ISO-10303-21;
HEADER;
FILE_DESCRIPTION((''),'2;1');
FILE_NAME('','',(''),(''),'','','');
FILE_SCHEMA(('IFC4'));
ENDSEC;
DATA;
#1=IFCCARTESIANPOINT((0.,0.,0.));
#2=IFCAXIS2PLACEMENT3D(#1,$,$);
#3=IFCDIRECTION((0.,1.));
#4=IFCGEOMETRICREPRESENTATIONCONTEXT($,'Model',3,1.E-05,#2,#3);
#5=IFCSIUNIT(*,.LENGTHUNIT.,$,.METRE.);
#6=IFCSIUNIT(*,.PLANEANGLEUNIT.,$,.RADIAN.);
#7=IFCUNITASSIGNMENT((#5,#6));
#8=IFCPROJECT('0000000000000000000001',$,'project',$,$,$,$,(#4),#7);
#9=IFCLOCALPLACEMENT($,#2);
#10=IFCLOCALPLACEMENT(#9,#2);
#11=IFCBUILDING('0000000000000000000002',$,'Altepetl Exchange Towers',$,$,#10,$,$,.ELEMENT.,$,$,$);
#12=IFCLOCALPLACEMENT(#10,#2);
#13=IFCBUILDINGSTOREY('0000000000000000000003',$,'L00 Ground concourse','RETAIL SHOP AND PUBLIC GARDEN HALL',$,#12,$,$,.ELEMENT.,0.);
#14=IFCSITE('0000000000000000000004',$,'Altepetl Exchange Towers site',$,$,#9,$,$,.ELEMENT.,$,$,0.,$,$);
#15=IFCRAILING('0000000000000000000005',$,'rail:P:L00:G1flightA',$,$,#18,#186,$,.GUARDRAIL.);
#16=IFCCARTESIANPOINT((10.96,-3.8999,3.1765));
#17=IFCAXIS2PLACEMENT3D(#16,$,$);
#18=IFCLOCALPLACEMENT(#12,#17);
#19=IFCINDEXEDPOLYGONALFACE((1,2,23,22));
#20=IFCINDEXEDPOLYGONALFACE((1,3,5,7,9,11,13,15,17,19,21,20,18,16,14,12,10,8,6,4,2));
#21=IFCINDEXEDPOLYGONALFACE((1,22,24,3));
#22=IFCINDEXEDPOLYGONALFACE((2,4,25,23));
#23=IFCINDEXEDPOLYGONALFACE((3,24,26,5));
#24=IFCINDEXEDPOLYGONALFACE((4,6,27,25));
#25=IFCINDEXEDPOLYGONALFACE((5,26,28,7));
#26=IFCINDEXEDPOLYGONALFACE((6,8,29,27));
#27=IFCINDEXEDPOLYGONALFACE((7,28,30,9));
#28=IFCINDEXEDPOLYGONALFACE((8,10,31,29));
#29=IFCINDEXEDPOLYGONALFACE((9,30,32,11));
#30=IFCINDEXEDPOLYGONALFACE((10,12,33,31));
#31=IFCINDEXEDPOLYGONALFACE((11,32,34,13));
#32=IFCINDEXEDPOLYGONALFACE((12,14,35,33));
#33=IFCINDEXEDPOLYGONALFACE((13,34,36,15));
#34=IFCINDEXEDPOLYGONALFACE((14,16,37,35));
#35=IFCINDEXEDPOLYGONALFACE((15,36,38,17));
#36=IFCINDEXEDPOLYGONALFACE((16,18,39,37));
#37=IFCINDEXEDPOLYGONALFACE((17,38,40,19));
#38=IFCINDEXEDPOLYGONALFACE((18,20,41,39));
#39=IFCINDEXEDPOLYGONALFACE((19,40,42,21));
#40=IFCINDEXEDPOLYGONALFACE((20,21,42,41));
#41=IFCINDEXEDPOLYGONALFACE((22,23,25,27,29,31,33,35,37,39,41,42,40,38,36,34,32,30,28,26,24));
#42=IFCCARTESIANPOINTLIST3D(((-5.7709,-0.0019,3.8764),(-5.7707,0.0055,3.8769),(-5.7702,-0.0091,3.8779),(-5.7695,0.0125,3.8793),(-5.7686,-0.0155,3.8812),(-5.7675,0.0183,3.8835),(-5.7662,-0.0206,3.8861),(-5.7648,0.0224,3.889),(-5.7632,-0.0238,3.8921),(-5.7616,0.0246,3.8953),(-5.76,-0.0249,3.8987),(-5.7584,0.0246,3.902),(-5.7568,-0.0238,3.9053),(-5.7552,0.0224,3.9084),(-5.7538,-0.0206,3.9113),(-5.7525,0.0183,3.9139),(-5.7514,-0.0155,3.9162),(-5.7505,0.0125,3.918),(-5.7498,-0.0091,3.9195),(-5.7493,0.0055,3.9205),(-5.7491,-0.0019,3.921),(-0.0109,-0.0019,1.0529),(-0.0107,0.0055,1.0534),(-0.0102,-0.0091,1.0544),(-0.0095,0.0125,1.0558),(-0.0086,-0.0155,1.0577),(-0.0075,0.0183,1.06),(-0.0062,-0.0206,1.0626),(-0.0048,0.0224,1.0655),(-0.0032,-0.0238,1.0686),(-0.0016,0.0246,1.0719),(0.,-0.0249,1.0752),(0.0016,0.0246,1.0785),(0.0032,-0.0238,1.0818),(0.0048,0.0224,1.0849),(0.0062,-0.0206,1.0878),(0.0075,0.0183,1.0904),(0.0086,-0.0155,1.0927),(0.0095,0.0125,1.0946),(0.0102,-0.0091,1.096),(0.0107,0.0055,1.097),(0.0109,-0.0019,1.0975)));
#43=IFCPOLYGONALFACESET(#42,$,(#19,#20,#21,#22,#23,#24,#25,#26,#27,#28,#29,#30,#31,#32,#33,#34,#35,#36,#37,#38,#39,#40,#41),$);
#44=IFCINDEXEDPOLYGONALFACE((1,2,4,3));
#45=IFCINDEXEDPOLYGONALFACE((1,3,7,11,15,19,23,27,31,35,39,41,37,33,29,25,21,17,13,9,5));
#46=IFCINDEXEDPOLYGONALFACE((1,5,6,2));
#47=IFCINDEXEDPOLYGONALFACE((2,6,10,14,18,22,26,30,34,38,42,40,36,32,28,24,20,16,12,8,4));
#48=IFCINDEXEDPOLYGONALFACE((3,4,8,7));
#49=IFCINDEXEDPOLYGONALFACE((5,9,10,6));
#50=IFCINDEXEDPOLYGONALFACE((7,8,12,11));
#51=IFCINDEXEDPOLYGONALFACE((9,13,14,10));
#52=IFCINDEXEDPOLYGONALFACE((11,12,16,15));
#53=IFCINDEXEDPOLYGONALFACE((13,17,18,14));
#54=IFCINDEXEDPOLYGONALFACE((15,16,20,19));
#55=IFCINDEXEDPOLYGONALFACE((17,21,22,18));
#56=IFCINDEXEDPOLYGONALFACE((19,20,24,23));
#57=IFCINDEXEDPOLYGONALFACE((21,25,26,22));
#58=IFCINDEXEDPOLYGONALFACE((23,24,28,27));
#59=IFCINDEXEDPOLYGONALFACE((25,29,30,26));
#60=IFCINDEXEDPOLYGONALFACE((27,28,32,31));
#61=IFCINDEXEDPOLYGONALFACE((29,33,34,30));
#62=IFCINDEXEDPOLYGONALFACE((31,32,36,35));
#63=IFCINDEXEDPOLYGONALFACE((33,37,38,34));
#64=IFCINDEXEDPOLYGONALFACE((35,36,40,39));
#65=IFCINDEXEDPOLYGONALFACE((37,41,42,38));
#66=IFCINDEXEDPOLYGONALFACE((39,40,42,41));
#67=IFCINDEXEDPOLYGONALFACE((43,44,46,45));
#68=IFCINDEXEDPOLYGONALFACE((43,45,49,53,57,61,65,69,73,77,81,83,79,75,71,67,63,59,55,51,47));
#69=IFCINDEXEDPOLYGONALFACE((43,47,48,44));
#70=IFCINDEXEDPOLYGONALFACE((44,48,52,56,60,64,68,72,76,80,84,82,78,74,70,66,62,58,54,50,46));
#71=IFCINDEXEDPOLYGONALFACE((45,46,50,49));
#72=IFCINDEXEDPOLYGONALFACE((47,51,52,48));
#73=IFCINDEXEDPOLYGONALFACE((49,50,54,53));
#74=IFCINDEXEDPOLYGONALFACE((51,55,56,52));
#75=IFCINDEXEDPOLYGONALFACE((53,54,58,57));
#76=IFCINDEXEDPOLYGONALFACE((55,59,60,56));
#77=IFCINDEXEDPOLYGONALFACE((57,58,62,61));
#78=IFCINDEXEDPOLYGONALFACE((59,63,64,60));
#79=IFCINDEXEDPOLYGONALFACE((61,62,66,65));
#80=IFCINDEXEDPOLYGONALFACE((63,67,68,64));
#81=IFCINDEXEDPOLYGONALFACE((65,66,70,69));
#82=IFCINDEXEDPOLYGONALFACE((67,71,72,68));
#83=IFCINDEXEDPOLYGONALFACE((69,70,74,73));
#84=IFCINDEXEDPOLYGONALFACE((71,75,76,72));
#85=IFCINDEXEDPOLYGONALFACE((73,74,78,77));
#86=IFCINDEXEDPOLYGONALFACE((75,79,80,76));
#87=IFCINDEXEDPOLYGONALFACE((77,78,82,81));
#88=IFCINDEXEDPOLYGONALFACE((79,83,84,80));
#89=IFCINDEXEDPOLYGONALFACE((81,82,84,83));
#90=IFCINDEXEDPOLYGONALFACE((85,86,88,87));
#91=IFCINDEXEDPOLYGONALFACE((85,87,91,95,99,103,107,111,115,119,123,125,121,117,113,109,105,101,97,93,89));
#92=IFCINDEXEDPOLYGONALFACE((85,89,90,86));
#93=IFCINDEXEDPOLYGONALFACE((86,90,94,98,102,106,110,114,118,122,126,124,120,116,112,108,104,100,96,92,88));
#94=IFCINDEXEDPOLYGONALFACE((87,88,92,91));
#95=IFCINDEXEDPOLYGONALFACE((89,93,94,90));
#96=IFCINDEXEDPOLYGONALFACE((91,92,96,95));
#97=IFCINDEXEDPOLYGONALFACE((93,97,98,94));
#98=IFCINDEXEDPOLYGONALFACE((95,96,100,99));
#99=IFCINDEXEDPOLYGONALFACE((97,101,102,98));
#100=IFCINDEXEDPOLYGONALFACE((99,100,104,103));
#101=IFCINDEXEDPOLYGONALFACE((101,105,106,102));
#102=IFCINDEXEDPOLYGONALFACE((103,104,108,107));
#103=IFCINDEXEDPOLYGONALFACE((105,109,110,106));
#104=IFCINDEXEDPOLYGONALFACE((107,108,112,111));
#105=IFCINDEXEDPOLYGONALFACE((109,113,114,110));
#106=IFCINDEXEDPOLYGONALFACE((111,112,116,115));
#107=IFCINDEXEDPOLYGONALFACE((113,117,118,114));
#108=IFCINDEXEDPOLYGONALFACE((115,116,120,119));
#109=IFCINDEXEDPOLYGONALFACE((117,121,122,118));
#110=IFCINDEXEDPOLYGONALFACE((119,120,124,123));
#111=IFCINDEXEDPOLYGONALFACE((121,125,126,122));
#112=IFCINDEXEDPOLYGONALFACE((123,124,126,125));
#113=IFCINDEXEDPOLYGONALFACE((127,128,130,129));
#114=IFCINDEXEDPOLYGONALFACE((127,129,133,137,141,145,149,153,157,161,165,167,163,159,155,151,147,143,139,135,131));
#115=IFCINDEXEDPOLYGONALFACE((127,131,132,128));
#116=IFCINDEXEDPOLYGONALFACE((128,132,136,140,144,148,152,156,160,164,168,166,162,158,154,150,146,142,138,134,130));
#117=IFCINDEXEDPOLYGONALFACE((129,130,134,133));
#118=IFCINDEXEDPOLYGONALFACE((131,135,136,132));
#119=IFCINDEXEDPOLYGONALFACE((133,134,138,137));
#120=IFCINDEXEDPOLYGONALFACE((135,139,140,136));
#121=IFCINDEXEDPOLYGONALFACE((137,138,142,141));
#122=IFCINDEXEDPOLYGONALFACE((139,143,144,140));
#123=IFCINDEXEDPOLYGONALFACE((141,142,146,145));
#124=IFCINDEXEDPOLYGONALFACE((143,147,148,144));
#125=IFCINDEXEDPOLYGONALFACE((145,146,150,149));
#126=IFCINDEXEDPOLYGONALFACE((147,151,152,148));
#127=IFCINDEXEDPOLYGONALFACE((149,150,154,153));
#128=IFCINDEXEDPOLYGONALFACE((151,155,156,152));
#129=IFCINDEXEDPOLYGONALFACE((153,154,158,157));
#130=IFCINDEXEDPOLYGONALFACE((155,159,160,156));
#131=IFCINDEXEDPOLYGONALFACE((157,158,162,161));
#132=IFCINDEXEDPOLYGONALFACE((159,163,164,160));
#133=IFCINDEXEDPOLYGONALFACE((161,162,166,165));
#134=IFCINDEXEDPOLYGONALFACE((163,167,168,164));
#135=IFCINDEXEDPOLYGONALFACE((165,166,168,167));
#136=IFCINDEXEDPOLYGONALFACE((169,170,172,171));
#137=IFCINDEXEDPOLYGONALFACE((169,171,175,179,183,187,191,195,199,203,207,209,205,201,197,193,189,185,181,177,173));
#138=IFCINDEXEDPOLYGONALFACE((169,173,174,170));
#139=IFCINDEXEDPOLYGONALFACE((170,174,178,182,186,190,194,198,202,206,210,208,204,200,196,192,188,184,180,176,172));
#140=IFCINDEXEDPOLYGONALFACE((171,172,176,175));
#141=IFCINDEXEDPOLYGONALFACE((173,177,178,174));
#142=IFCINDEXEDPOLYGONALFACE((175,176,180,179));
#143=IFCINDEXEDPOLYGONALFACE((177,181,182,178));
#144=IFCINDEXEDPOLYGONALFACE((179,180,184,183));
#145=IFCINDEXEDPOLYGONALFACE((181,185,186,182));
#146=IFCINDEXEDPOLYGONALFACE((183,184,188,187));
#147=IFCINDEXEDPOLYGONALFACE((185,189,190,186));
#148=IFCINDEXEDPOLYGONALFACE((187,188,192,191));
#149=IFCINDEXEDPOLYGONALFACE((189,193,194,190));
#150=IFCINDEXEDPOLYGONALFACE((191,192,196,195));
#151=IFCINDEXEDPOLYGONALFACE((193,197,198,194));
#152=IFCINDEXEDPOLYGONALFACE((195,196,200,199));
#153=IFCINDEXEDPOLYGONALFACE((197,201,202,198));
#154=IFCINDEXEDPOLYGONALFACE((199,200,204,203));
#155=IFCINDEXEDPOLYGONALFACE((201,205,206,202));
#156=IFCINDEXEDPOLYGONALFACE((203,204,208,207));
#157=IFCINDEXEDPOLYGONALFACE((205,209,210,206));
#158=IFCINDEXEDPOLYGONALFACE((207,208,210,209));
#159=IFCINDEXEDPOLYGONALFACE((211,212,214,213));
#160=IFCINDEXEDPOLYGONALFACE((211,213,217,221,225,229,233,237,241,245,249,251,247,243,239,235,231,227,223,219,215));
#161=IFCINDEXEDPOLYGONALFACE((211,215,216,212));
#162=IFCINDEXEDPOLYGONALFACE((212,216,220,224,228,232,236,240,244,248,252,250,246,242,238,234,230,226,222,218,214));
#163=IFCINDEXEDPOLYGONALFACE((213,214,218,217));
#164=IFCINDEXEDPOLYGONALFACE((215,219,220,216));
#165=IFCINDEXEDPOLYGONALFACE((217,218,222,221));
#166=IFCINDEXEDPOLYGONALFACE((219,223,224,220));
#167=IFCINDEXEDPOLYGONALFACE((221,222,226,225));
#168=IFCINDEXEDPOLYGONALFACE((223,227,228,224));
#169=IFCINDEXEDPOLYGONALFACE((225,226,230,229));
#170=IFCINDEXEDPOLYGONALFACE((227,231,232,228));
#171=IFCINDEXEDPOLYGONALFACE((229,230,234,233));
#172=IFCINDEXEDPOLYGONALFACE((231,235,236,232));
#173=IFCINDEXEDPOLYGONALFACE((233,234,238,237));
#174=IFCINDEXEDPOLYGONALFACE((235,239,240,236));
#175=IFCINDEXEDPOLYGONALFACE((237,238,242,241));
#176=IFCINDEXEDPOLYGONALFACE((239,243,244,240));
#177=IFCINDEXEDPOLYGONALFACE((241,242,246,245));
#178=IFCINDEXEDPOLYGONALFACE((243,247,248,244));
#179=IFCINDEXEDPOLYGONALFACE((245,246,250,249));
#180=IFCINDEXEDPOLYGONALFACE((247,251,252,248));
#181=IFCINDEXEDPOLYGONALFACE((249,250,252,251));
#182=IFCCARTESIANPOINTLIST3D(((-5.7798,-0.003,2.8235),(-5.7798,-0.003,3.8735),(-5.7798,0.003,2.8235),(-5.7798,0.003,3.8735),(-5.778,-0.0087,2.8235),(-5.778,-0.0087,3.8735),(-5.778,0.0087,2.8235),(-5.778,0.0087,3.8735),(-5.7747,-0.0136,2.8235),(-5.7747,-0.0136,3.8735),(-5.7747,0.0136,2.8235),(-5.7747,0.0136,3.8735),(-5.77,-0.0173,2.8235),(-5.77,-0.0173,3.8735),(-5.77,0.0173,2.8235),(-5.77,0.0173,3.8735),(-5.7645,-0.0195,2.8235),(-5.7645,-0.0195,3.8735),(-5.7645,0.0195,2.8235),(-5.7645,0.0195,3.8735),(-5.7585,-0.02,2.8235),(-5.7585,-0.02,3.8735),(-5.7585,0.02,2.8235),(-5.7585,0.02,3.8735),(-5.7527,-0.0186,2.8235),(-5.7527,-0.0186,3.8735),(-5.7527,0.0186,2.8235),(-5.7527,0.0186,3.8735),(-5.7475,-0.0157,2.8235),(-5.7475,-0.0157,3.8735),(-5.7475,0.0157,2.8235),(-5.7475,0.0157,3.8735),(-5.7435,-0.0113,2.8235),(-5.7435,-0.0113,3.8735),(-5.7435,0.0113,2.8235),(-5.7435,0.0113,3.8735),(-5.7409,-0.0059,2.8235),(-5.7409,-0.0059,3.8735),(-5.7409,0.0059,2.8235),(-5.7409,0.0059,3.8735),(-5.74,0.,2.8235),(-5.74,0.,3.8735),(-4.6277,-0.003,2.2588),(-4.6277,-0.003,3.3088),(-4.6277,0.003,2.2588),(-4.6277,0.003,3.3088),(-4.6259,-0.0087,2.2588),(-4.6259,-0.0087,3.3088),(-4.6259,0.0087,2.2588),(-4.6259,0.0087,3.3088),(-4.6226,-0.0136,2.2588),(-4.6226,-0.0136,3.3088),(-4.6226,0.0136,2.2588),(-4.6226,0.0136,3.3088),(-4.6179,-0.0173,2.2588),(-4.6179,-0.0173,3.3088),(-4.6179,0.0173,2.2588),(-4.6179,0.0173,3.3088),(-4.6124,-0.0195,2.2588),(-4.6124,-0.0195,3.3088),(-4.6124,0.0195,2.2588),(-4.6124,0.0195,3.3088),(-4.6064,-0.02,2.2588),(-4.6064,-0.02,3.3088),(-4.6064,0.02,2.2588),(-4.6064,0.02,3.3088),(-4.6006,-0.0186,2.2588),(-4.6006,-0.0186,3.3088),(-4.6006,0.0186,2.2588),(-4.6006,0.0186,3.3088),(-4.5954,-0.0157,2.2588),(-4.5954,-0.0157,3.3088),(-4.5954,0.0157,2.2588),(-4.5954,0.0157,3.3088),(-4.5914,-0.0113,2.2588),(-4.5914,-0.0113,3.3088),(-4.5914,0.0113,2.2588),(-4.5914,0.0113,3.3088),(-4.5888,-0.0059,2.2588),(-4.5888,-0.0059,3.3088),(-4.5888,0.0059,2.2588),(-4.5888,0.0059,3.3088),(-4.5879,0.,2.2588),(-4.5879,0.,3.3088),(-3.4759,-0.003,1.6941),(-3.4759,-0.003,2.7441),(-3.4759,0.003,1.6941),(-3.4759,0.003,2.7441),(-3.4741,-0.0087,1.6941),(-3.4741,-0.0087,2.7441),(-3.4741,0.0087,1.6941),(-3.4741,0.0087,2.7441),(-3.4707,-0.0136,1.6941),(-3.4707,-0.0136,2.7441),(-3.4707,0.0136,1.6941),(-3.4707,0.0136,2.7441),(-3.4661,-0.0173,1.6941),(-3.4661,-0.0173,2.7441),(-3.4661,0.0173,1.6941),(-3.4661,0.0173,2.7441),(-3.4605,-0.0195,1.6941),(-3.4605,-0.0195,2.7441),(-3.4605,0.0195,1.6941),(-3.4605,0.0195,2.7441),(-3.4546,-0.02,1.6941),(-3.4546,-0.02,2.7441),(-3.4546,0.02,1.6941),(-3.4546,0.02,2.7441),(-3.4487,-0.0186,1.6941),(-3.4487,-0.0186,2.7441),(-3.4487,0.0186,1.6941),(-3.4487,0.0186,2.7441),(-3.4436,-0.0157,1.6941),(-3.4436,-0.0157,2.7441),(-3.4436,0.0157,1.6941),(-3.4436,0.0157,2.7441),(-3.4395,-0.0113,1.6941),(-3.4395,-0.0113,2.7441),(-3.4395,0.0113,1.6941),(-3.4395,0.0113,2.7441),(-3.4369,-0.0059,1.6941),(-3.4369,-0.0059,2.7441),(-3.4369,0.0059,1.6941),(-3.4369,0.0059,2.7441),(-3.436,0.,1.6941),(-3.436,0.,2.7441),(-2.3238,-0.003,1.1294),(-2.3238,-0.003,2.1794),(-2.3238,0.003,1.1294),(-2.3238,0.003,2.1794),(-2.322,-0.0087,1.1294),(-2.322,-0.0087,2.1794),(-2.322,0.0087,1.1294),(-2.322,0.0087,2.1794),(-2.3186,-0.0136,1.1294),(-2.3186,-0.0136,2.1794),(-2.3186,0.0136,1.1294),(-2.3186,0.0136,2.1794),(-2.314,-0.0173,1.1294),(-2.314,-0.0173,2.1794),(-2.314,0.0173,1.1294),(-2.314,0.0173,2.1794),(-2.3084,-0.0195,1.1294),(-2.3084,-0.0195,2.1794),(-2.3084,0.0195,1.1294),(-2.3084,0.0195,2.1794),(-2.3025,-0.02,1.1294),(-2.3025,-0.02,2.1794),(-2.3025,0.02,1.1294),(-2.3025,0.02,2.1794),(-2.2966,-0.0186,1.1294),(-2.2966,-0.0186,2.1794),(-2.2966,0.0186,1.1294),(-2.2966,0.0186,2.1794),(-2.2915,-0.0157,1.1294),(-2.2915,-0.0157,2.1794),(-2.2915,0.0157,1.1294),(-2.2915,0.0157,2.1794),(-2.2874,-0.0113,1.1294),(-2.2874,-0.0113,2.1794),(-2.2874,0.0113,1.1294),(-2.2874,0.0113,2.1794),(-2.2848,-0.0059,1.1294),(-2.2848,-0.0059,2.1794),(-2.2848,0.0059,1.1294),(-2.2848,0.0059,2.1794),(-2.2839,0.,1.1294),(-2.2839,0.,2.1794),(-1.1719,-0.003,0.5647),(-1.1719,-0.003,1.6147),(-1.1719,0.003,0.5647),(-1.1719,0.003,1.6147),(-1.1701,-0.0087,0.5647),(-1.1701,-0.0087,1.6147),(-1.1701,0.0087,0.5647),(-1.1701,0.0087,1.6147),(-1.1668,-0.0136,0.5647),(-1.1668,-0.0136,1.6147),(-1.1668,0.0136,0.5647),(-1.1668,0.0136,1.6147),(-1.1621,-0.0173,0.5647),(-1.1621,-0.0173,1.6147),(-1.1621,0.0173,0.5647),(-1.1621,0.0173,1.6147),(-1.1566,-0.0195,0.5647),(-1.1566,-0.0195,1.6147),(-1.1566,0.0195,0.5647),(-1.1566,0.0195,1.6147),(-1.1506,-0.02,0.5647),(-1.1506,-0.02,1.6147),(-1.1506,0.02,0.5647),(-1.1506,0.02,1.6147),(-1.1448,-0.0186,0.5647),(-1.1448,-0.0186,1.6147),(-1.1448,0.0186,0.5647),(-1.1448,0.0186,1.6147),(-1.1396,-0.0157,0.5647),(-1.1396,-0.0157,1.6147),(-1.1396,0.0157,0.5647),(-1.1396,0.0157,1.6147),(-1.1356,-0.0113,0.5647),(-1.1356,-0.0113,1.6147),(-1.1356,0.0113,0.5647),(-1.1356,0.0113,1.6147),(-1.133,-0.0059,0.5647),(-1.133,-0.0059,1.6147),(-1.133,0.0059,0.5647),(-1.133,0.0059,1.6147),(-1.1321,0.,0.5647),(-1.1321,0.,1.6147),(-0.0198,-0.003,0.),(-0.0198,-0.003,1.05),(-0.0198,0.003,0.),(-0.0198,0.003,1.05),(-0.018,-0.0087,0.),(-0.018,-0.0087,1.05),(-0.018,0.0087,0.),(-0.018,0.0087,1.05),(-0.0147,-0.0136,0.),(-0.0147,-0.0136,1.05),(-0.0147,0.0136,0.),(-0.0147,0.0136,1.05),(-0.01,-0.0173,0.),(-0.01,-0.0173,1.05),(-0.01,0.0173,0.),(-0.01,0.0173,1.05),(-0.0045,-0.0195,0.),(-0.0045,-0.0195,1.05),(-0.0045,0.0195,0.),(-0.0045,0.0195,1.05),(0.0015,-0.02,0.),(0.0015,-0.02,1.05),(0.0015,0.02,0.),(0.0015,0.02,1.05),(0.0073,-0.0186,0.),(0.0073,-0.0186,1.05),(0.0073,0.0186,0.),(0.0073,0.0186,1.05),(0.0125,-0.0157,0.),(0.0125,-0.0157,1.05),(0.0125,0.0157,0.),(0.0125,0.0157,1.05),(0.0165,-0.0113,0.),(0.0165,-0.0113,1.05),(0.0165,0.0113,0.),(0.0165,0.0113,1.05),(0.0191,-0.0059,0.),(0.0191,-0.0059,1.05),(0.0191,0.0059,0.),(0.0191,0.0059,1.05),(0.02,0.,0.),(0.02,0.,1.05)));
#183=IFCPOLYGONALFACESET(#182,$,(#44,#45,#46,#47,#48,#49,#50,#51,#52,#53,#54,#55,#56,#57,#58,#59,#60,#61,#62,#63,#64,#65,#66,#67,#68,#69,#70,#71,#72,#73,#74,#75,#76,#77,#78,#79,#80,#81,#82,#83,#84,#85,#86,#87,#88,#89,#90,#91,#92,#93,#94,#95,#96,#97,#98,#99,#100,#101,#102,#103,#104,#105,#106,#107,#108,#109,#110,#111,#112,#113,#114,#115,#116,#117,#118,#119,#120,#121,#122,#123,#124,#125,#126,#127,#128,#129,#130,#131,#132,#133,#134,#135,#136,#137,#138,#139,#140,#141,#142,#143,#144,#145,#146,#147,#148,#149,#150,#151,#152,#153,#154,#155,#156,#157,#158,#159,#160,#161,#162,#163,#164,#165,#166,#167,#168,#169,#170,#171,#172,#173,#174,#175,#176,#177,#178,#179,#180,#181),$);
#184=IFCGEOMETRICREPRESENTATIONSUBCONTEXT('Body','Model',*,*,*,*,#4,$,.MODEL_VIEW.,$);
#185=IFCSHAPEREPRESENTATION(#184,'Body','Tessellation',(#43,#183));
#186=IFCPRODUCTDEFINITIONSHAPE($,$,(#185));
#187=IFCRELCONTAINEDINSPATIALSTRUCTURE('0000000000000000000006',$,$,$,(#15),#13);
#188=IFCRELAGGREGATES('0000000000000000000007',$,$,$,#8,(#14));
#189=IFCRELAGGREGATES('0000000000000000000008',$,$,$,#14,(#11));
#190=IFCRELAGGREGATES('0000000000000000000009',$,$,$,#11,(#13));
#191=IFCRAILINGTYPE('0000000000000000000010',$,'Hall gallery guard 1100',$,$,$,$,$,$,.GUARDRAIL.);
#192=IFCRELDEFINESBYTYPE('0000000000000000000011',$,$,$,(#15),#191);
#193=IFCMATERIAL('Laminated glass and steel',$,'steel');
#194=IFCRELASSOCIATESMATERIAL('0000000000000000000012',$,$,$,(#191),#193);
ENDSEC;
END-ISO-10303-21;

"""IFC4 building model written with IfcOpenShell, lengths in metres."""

from ifc_helpers import new_model, si_unit, direction, frame, origin, origin_2d, place, context, subcontext, project, spatial, circle, extrude, source, transform, mapped, material, type_object, element, save


model = new_model("IFC4")

# Units and contexts
model_context = context("Model", 3, precision=1e-05, world=origin(), true_north=direction((0.0, 1.0)))
body_context = subcontext(model_context, "Body", "Model", "MODEL_VIEW")
ifc_project = project(units=[si_unit("LENGTHUNIT", "METRE"), si_unit("PLANEANGLEUNIT", "RADIAN")], contexts=[model_context])

# Site, building, storey
site_placement = place(None, origin())
site = spatial("IfcSite", under=ifc_project, at=site_placement, Name="Altepetl Exchange Towers site", CompositionType="ELEMENT", RefElevation=0.0)
building_placement = place(site_placement, origin())
building = spatial("IfcBuilding", under=site, at=building_placement, Name="Altepetl Exchange Towers", CompositionType="ELEMENT")
storey_placement = place(building_placement, origin())
storey = spatial("IfcBuildingStorey", under=building, at=storey_placement, Name="L00 Ground concourse", Description="RETAIL SHOP AND PUBLIC GARDEN HALL", CompositionType="ELEMENT", Elevation=0.0)

# Railing
ifc_material_1 = material(Name="Laminated glass and steel", Category="steel")
railing_type_1 = type_object("IfcRailingType", Name="Hall gallery guard 1100", PredefinedType="GUARDRAIL", material=ifc_material_1)
shared_shape_1 = source(origin(), body_context, "Body", "SweptSolid", [
    extrude(circle(Radius=0.02, at=origin_2d()), origin(), (0.0, 0.0, 1.0), 1.05),
])
for number, where, name in (
    (1, (10.96, -3.8999, 3.1765), "rail:P:L00:G1flightA"),
):
    element("IfcRailing", number, at=place(storey_placement, frame(where)), inside=storey, type_object=railing_type_1, Name=name, PredefinedType="GUARDRAIL", context=body_context, shape_type="SweptSolid", body=[
        extrude(circle(Radius=0.0249, at=origin_2d()), frame((0.0, 0.0, 1.0752), z_axis=(-0.897924, 0.0, 0.440151), x_axis=(0.0, -1.0, 0.0)), (0.0, 0.0, 1.0), 6.4148),
        mapped(shared_shape_1, transform((0.0, 0.0, 0.0))),
        mapped(shared_shape_1, transform((-1.1521, 0.0, 0.5647))),
        mapped(shared_shape_1, transform((-2.304, 0.0, 1.1294))),
        mapped(shared_shape_1, transform((-3.4561, 0.0, 1.6941))),
        mapped(shared_shape_1, transform((-4.6079, 0.0, 2.2588))),
        mapped(shared_shape_1, transform((-5.76, 0.0, 2.8235))),
    ])

save(model, "model.ifc")
